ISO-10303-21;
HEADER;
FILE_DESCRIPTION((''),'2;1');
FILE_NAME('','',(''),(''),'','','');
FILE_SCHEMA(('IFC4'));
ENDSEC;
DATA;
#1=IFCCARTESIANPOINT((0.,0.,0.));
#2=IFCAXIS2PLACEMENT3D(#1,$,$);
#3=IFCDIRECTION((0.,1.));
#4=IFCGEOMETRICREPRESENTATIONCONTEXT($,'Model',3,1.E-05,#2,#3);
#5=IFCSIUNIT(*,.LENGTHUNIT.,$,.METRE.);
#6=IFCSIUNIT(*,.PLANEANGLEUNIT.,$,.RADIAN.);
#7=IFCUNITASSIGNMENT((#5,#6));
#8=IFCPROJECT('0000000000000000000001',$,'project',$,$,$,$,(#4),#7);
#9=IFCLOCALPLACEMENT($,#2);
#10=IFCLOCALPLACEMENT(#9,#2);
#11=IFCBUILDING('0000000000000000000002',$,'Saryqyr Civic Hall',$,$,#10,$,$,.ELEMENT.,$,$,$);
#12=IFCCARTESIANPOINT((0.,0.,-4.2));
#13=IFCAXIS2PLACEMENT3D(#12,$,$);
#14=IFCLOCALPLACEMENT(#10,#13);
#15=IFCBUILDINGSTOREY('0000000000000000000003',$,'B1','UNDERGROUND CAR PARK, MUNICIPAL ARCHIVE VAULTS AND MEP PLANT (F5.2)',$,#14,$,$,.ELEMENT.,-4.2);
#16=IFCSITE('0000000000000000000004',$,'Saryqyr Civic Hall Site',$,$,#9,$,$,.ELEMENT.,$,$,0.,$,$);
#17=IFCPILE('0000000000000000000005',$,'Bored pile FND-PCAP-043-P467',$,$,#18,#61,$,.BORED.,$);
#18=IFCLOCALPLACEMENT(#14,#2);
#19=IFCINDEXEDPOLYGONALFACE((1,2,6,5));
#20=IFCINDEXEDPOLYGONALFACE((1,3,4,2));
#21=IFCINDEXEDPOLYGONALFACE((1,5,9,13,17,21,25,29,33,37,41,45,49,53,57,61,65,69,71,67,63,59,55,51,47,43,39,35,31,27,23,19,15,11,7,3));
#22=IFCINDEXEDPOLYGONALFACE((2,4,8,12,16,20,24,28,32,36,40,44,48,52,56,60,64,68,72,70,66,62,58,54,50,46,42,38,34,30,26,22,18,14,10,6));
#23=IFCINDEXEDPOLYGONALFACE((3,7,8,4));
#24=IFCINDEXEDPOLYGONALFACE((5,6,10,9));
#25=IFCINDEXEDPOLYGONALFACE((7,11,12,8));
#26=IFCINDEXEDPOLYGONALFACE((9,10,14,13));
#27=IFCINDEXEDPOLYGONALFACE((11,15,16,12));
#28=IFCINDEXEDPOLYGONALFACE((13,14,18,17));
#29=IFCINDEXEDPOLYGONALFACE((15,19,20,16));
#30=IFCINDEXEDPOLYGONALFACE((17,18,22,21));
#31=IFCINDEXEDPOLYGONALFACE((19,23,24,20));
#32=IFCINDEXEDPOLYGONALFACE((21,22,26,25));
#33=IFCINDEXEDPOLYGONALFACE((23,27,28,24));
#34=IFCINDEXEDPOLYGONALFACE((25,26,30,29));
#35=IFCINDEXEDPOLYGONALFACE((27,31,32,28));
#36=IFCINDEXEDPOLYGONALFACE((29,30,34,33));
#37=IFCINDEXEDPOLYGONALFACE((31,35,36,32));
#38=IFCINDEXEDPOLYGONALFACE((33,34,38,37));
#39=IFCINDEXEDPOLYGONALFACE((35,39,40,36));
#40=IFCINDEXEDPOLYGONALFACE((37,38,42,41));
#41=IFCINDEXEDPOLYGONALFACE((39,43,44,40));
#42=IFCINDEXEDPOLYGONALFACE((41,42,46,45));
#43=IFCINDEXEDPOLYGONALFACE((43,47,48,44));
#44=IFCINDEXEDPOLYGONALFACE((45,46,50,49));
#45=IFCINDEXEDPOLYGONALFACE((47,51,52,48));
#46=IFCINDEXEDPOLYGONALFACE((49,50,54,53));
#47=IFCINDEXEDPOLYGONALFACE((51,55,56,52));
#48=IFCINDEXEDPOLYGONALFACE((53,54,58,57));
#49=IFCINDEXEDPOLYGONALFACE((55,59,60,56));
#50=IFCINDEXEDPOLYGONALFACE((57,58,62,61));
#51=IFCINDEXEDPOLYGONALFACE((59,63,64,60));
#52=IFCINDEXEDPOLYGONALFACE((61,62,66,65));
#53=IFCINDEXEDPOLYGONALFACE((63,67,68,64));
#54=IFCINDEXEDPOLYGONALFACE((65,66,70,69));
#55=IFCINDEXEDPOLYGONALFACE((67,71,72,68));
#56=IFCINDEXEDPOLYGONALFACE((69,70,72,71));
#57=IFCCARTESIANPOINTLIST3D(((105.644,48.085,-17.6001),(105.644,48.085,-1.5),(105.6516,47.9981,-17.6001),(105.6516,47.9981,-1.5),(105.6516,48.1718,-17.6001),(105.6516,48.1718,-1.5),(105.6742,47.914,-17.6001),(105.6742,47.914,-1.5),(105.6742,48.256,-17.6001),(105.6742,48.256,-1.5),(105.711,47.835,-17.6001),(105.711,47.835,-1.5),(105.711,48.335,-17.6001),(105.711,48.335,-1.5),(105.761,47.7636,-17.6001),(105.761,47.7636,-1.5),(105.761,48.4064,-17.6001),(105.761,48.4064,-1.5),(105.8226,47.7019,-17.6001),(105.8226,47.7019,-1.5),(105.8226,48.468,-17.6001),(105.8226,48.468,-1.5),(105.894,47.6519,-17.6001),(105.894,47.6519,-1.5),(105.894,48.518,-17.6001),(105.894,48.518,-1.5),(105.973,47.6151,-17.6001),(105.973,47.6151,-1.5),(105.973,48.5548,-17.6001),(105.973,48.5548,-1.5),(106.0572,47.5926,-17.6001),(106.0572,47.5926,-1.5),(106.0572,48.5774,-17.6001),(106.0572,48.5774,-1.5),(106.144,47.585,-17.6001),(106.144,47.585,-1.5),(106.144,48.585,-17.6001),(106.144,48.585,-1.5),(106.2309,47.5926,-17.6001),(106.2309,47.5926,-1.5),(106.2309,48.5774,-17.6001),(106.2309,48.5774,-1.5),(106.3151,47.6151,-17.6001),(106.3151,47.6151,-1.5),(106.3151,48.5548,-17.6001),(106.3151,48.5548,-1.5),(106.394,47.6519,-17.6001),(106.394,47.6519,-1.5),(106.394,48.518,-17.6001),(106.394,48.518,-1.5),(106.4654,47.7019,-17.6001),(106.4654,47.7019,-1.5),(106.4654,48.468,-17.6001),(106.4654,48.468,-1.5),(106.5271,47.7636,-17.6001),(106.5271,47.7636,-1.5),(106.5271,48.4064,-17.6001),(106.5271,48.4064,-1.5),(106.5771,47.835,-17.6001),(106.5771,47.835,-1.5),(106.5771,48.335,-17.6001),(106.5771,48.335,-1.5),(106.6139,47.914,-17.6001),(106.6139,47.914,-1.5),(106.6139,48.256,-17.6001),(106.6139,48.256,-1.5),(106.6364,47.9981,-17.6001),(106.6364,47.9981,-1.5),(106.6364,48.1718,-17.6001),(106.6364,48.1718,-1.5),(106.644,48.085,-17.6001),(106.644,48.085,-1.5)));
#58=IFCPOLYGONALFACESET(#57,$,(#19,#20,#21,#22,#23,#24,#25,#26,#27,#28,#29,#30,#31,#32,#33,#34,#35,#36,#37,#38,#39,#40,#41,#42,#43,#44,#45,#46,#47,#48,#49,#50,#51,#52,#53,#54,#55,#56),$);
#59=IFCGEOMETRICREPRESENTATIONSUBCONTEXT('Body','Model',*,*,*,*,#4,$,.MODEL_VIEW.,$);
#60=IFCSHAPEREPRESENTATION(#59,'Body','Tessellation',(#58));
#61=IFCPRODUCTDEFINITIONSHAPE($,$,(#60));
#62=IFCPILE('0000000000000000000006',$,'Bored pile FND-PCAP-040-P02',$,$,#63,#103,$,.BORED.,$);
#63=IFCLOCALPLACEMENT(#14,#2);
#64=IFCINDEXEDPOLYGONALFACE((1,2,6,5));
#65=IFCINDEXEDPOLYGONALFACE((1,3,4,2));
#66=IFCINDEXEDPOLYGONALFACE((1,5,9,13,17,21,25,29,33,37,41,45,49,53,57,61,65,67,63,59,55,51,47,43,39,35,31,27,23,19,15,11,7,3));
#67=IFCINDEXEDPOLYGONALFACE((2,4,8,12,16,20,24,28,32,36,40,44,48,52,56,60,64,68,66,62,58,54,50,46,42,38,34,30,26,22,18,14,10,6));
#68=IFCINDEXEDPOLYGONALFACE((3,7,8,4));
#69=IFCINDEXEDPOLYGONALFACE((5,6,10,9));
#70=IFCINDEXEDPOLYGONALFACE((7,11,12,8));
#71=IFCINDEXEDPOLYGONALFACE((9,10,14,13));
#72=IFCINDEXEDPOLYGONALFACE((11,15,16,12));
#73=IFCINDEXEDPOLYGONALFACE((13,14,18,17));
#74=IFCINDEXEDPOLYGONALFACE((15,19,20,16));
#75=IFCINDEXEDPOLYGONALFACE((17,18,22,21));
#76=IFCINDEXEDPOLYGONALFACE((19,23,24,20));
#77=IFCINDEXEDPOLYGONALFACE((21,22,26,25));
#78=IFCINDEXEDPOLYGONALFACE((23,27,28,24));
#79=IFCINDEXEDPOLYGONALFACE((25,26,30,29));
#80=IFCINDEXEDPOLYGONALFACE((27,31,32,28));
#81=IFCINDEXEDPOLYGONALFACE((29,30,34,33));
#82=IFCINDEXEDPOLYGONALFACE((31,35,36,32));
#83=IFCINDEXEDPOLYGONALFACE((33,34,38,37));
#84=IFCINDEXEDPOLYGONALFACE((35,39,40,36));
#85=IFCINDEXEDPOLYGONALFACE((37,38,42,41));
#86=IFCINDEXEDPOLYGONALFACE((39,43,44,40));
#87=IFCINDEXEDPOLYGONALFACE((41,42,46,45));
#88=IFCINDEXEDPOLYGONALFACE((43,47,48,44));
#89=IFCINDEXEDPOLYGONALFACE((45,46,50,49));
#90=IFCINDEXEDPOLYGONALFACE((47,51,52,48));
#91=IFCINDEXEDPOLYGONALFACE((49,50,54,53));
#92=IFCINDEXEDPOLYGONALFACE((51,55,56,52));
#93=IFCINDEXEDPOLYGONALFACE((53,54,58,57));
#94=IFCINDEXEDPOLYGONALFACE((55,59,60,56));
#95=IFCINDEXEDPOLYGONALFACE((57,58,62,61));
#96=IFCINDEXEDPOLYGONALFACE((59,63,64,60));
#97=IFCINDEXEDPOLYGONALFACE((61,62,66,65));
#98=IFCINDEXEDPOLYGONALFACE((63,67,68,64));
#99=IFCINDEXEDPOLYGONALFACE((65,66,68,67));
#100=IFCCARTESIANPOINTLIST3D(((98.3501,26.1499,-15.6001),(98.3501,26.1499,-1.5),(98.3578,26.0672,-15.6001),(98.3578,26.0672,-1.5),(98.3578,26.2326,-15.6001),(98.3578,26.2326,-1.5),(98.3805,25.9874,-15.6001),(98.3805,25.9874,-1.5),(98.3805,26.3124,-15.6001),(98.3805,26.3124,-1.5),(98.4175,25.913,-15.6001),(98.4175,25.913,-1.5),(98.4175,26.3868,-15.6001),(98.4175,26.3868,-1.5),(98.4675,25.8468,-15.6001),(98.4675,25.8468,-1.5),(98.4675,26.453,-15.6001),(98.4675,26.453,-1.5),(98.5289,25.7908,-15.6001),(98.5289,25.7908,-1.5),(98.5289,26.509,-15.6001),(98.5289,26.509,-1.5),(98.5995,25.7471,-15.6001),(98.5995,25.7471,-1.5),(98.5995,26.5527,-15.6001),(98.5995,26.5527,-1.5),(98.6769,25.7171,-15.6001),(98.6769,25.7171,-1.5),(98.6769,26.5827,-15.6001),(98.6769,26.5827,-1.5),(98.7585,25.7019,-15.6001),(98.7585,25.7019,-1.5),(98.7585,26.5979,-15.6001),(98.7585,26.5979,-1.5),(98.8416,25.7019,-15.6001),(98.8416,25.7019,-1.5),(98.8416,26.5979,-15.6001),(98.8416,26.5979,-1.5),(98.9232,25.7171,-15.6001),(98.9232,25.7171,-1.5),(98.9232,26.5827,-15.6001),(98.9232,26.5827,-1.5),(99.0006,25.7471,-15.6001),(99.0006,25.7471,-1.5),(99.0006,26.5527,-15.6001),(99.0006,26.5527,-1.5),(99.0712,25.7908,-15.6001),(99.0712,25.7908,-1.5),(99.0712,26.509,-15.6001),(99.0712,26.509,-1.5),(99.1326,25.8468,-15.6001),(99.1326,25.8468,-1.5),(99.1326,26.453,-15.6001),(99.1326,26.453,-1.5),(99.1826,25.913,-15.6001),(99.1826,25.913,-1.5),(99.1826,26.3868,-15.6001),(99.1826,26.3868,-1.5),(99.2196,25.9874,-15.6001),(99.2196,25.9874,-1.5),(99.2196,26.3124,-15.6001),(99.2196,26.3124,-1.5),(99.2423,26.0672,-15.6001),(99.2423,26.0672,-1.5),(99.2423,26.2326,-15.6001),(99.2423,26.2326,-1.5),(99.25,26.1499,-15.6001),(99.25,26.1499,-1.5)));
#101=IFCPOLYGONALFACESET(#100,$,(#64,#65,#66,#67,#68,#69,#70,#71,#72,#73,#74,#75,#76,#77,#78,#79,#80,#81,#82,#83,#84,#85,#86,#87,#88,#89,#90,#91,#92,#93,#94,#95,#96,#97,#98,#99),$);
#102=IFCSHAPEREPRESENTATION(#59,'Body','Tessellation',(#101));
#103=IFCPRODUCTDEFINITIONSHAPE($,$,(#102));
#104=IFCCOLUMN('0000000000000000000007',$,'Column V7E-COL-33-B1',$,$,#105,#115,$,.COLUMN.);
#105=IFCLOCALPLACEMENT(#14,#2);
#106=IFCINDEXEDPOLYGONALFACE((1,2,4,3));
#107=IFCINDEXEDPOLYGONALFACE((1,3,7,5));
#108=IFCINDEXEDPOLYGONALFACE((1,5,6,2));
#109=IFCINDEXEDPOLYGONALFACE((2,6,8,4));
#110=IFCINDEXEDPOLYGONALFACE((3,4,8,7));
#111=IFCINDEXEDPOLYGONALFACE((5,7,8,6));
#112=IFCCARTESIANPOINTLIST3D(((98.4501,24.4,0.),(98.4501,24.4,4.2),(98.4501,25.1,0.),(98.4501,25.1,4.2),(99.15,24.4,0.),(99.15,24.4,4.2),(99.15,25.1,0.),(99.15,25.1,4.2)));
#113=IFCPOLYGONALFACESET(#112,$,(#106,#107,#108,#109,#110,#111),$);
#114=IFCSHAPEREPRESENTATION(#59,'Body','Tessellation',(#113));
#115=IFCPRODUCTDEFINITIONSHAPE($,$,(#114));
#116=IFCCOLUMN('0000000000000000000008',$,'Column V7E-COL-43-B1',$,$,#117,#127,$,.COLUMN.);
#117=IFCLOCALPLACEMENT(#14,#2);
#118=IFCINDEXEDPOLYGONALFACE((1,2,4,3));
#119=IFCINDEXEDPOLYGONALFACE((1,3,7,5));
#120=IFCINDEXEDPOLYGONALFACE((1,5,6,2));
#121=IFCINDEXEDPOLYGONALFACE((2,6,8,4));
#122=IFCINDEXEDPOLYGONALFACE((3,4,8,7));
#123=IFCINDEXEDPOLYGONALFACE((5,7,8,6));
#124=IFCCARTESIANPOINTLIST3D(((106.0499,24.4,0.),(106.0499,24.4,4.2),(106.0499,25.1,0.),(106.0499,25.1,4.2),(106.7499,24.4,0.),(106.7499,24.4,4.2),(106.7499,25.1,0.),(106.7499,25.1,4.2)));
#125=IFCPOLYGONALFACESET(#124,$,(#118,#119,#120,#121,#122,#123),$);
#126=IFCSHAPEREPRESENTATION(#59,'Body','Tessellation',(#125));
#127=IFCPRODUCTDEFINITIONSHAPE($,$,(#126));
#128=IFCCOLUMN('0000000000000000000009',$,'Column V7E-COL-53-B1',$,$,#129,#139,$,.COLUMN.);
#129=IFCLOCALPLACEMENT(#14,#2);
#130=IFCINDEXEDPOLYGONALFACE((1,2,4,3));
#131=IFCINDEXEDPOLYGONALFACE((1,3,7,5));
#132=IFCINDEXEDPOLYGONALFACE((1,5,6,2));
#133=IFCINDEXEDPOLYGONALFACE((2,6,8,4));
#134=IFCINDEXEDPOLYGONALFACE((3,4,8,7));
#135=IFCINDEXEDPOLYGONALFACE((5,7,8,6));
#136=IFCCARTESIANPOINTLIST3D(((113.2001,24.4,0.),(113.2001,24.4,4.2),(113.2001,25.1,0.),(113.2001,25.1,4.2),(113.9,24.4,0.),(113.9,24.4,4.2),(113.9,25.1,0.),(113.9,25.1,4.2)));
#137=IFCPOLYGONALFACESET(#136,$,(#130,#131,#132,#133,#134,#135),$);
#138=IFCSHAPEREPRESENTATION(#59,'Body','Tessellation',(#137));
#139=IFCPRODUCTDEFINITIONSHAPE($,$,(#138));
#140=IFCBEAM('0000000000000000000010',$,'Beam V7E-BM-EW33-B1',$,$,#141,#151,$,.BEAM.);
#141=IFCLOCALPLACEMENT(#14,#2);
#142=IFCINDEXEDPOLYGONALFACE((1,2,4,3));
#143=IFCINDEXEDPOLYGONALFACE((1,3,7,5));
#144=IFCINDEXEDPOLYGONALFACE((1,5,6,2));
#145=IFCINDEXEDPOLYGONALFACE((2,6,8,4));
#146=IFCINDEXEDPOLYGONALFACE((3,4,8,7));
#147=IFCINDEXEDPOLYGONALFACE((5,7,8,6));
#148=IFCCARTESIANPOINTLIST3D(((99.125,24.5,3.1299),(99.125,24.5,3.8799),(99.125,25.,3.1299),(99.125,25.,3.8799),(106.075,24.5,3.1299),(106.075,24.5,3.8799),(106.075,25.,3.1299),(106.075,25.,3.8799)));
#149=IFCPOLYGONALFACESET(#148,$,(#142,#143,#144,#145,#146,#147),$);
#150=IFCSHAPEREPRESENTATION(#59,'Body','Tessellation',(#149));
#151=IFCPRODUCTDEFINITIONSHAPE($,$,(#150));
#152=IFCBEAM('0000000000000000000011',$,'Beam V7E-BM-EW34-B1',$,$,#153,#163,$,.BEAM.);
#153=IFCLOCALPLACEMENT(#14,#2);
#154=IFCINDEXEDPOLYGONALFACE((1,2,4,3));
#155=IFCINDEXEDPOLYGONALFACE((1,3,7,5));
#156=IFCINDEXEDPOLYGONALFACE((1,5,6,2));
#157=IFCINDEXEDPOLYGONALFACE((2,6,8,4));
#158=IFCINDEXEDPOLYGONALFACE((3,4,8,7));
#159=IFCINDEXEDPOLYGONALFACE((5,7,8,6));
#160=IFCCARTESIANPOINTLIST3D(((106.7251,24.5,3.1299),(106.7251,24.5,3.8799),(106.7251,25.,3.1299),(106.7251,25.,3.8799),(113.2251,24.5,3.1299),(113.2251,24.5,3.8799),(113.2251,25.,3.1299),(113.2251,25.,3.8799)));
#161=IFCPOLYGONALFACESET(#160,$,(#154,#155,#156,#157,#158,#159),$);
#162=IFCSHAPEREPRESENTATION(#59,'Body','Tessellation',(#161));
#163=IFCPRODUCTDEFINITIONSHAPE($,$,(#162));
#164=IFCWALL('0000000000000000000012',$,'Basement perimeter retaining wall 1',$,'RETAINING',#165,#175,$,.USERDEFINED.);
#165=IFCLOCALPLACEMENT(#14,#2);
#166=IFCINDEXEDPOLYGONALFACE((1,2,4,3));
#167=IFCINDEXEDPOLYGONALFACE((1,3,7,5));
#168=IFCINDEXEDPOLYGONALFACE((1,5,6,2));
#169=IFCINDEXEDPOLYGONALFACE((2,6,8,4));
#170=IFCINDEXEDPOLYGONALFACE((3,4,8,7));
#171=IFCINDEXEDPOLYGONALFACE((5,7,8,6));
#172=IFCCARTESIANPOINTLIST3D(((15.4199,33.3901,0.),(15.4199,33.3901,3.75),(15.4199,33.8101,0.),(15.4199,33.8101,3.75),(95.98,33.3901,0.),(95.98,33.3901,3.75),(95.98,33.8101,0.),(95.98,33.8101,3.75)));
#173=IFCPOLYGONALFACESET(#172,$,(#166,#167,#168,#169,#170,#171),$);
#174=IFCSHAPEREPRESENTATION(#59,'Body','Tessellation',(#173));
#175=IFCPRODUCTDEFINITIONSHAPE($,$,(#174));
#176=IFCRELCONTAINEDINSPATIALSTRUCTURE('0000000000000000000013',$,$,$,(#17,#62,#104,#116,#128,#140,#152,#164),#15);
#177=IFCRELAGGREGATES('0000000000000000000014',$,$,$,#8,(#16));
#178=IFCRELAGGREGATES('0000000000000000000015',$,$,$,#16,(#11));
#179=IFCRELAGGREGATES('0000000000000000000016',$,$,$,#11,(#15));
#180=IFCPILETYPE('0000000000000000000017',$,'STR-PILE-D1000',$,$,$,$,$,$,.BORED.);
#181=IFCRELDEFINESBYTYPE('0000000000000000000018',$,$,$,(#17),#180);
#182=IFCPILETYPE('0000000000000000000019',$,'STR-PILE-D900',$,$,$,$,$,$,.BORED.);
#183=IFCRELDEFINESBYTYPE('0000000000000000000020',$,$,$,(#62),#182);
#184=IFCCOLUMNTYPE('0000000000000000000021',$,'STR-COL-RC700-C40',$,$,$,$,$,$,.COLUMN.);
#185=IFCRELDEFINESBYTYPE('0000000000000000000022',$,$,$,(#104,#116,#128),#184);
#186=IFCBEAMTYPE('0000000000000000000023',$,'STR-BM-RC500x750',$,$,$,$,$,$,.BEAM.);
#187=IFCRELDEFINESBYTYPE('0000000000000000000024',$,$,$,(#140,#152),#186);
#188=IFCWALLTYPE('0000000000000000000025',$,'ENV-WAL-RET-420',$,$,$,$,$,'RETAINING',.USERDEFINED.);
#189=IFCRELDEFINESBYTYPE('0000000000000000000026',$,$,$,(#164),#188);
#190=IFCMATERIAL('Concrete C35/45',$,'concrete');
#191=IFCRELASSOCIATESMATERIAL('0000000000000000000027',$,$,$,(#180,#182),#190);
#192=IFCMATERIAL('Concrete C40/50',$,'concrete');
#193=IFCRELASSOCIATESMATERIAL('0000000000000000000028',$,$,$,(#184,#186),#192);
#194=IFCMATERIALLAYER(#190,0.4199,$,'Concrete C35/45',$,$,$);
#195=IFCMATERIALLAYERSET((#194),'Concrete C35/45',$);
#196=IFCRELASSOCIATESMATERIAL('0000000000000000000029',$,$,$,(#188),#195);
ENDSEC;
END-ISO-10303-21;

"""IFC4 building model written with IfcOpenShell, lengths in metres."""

from ifc_helpers import new_model, si_unit, direction, frame, frame_2d, origin, origin_2d, place, context, subcontext, project, spatial, rectangle, circle, extrude, material, layer, layer_set, material_profile, profile_set, type_object, element, save


model = new_model("IFC4")

# Units and contexts
model_context = context("Model", 3, precision=1e-05, world=origin(), true_north=direction((0.0, 1.0)))
body_context = subcontext(model_context, "Body", "Model", "MODEL_VIEW")
ifc_project = project(units=[si_unit("LENGTHUNIT", "METRE"), si_unit("PLANEANGLEUNIT", "RADIAN")], contexts=[model_context])

# Site, building, storey
site_placement = place(None, origin())
site = spatial("IfcSite", under=ifc_project, at=site_placement, Name="Saryqyr Civic Hall Site", CompositionType="ELEMENT", RefElevation=0.0)
building_placement = place(site_placement, origin())
building = spatial("IfcBuilding", under=site, at=building_placement, Name="Saryqyr Civic Hall", CompositionType="ELEMENT")
storey_placement = place(building_placement, frame((0.0, 0.0, -4.2)))
storey = spatial("IfcBuildingStorey", under=building, at=storey_placement, Name="B1", Description="UNDERGROUND CAR PARK, MUNICIPAL ARCHIVE VAULTS AND MEP PLANT (F5.2)", CompositionType="ELEMENT", Elevation=-4.2)

# Shared definitions
ifc_material_1 = material(Name="Concrete C35/45", Category="concrete")

# Piles
ifc_material_profile_1 = material_profile(ifc_material_1, circle(Radius=0.5, at=origin_2d()), Name="BORED PILE D1000")
ifc_profile_set_1 = profile_set([ifc_material_profile_1], Name="Concrete C35/45")
pile_type_1 = type_object("IfcPileType", Name="STR-PILE-D1000", PredefinedType="BORED", material=ifc_profile_set_1)
for number, where, z_axis, x_axis, name in (
    (1, (106.144, 48.085, -1.5), (0.0, 0.0, -1.0), (1.0, 0.0, 0.0), "Bored pile FND-PCAP-043-P467"),
):
    element("IfcPile", number, at=place(storey_placement, frame(where, z_axis=z_axis, x_axis=x_axis)), inside=storey, type_object=pile_type_1, Name=name, PredefinedType="BORED", context=body_context, shape_type="SweptSolid", body=[
        extrude(circle(Radius=0.5, at=origin_2d()), origin(), (0.0, 0.0, 1.0), 16.1001),
    ])
ifc_material_profile_2 = material_profile(ifc_material_1, circle(Radius=0.45, at=origin_2d()), Name="BORED PILE D900")
ifc_profile_set_2 = profile_set([ifc_material_profile_2], Name="Concrete C35/45")
pile_type_2 = type_object("IfcPileType", Name="STR-PILE-D900", PredefinedType="BORED", material=ifc_profile_set_2)
pile_placement = place(storey_placement, frame((98.8, 26.1499, -1.5), z_axis=(0.0, 0.0, -1.0), x_axis=(1.0, 0.0, 0.0)))
element("IfcPile", 2, at=pile_placement, inside=storey, type_object=pile_type_2, Name="Bored pile FND-PCAP-040-P02", PredefinedType="BORED", context=body_context, shape_type="SweptSolid", body=[
    extrude(circle(Radius=0.45, at=origin_2d()), origin(), (0.0, 0.0, 1.0), 14.1001),
])

# Columns
ifc_material_2 = material(Name="Concrete C40/50", Category="concrete")
ifc_material_profile_3 = material_profile(ifc_material_2, rectangle(XDim=0.7, YDim=0.7, at=origin_2d()), Name="RC 700x700")
ifc_profile_set_3 = profile_set([ifc_material_profile_3], Name="Concrete C40/50")
column_type = type_object("IfcColumnType", Name="STR-COL-RC700-C40", PredefinedType="COLUMN", material=ifc_profile_set_3)
for number, where, z_axis, x_axis, name in (
    (3, (98.8, 24.75, 0.0), (0.0, 0.0, 1.0), (1.0, 0.0, 0.0), "Column V7E-COL-33-B1"),
    (4, (106.3999, 24.75, 0.0), (0.0, 0.0, 1.0), (1.0, 0.0, 0.0), "Column V7E-COL-43-B1"),
    (5, (113.55, 24.75, 0.0), (0.0, 0.0, 1.0), (1.0, 0.0, 0.0), "Column V7E-COL-53-B1"),
):
    element("IfcColumn", number, at=place(storey_placement, frame(where, z_axis=z_axis, x_axis=x_axis)), inside=storey, type_object=column_type, Name=name, PredefinedType="COLUMN", context=body_context, shape_type="SweptSolid", body=[
        extrude(rectangle(XDim=0.7, YDim=0.7, at=origin_2d()), origin(), (0.0, 0.0, 1.0), 4.2),
    ])

# Beams
ifc_material_profile_4 = material_profile(ifc_material_2, rectangle(XDim=0.5, YDim=0.75, at=origin_2d()), Name="RC 500x750")
ifc_profile_set_4 = profile_set([ifc_material_profile_4], Name="Concrete C40/50")
beam_type = type_object("IfcBeamType", Name="STR-BM-RC500x750", PredefinedType="BEAM", material=ifc_profile_set_4)
beam_1_placement = place(storey_placement, frame((99.125, 24.75, 3.5049), z_axis=(1.0, 0.0, 0.0), x_axis=(0.0, 1.0, 0.0)))
element("IfcBeam", 6, at=beam_1_placement, inside=storey, type_object=beam_type, Name="Beam V7E-BM-EW33-B1", PredefinedType="BEAM", context=body_context, shape_type="SweptSolid", body=[
    extrude(rectangle(XDim=0.5, YDim=0.75, at=origin_2d()), origin(), (0.0, 0.0, 1.0), 6.95),
])
beam_2_placement = place(storey_placement, frame((106.7251, 24.75, 3.5049), z_axis=(1.0, 0.0, 0.0), x_axis=(0.0, 1.0, 0.0)))
element("IfcBeam", 7, at=beam_2_placement, inside=storey, type_object=beam_type, Name="Beam V7E-BM-EW34-B1", PredefinedType="BEAM", context=body_context, shape_type="SweptSolid", body=[
    extrude(rectangle(XDim=0.5, YDim=0.75, at=origin_2d()), origin(), (0.0, 0.0, 1.0), 6.5),
])

# Wall
ifc_layer = layer(ifc_material_1, 0.4199, Name="Concrete C35/45")
ifc_layer_set = layer_set([ifc_layer], Name="Concrete C35/45")
wall_type = type_object("IfcWallType", Name="ENV-WAL-RET-420", ElementType="RETAINING", PredefinedType="USERDEFINED", material=ifc_layer_set)
wall_placement = place(storey_placement, frame((95.98, 33.6001, 0.0), z_axis=(0.0, 0.0, 1.0), x_axis=(-1.0, 0.0, 0.0)))
element("IfcWall", 8, at=wall_placement, inside=storey, type_object=wall_type, Name="Basement perimeter retaining wall 1", ObjectType="RETAINING", PredefinedType="USERDEFINED", context=body_context, shape_type="SweptSolid", body=[
    extrude(rectangle(XDim=80.5601, YDim=0.4199, at=frame_2d((40.28, 0.0))), origin(), (0.0, 0.0, 1.0), 3.75),
])

save(model, "model.ifc")
